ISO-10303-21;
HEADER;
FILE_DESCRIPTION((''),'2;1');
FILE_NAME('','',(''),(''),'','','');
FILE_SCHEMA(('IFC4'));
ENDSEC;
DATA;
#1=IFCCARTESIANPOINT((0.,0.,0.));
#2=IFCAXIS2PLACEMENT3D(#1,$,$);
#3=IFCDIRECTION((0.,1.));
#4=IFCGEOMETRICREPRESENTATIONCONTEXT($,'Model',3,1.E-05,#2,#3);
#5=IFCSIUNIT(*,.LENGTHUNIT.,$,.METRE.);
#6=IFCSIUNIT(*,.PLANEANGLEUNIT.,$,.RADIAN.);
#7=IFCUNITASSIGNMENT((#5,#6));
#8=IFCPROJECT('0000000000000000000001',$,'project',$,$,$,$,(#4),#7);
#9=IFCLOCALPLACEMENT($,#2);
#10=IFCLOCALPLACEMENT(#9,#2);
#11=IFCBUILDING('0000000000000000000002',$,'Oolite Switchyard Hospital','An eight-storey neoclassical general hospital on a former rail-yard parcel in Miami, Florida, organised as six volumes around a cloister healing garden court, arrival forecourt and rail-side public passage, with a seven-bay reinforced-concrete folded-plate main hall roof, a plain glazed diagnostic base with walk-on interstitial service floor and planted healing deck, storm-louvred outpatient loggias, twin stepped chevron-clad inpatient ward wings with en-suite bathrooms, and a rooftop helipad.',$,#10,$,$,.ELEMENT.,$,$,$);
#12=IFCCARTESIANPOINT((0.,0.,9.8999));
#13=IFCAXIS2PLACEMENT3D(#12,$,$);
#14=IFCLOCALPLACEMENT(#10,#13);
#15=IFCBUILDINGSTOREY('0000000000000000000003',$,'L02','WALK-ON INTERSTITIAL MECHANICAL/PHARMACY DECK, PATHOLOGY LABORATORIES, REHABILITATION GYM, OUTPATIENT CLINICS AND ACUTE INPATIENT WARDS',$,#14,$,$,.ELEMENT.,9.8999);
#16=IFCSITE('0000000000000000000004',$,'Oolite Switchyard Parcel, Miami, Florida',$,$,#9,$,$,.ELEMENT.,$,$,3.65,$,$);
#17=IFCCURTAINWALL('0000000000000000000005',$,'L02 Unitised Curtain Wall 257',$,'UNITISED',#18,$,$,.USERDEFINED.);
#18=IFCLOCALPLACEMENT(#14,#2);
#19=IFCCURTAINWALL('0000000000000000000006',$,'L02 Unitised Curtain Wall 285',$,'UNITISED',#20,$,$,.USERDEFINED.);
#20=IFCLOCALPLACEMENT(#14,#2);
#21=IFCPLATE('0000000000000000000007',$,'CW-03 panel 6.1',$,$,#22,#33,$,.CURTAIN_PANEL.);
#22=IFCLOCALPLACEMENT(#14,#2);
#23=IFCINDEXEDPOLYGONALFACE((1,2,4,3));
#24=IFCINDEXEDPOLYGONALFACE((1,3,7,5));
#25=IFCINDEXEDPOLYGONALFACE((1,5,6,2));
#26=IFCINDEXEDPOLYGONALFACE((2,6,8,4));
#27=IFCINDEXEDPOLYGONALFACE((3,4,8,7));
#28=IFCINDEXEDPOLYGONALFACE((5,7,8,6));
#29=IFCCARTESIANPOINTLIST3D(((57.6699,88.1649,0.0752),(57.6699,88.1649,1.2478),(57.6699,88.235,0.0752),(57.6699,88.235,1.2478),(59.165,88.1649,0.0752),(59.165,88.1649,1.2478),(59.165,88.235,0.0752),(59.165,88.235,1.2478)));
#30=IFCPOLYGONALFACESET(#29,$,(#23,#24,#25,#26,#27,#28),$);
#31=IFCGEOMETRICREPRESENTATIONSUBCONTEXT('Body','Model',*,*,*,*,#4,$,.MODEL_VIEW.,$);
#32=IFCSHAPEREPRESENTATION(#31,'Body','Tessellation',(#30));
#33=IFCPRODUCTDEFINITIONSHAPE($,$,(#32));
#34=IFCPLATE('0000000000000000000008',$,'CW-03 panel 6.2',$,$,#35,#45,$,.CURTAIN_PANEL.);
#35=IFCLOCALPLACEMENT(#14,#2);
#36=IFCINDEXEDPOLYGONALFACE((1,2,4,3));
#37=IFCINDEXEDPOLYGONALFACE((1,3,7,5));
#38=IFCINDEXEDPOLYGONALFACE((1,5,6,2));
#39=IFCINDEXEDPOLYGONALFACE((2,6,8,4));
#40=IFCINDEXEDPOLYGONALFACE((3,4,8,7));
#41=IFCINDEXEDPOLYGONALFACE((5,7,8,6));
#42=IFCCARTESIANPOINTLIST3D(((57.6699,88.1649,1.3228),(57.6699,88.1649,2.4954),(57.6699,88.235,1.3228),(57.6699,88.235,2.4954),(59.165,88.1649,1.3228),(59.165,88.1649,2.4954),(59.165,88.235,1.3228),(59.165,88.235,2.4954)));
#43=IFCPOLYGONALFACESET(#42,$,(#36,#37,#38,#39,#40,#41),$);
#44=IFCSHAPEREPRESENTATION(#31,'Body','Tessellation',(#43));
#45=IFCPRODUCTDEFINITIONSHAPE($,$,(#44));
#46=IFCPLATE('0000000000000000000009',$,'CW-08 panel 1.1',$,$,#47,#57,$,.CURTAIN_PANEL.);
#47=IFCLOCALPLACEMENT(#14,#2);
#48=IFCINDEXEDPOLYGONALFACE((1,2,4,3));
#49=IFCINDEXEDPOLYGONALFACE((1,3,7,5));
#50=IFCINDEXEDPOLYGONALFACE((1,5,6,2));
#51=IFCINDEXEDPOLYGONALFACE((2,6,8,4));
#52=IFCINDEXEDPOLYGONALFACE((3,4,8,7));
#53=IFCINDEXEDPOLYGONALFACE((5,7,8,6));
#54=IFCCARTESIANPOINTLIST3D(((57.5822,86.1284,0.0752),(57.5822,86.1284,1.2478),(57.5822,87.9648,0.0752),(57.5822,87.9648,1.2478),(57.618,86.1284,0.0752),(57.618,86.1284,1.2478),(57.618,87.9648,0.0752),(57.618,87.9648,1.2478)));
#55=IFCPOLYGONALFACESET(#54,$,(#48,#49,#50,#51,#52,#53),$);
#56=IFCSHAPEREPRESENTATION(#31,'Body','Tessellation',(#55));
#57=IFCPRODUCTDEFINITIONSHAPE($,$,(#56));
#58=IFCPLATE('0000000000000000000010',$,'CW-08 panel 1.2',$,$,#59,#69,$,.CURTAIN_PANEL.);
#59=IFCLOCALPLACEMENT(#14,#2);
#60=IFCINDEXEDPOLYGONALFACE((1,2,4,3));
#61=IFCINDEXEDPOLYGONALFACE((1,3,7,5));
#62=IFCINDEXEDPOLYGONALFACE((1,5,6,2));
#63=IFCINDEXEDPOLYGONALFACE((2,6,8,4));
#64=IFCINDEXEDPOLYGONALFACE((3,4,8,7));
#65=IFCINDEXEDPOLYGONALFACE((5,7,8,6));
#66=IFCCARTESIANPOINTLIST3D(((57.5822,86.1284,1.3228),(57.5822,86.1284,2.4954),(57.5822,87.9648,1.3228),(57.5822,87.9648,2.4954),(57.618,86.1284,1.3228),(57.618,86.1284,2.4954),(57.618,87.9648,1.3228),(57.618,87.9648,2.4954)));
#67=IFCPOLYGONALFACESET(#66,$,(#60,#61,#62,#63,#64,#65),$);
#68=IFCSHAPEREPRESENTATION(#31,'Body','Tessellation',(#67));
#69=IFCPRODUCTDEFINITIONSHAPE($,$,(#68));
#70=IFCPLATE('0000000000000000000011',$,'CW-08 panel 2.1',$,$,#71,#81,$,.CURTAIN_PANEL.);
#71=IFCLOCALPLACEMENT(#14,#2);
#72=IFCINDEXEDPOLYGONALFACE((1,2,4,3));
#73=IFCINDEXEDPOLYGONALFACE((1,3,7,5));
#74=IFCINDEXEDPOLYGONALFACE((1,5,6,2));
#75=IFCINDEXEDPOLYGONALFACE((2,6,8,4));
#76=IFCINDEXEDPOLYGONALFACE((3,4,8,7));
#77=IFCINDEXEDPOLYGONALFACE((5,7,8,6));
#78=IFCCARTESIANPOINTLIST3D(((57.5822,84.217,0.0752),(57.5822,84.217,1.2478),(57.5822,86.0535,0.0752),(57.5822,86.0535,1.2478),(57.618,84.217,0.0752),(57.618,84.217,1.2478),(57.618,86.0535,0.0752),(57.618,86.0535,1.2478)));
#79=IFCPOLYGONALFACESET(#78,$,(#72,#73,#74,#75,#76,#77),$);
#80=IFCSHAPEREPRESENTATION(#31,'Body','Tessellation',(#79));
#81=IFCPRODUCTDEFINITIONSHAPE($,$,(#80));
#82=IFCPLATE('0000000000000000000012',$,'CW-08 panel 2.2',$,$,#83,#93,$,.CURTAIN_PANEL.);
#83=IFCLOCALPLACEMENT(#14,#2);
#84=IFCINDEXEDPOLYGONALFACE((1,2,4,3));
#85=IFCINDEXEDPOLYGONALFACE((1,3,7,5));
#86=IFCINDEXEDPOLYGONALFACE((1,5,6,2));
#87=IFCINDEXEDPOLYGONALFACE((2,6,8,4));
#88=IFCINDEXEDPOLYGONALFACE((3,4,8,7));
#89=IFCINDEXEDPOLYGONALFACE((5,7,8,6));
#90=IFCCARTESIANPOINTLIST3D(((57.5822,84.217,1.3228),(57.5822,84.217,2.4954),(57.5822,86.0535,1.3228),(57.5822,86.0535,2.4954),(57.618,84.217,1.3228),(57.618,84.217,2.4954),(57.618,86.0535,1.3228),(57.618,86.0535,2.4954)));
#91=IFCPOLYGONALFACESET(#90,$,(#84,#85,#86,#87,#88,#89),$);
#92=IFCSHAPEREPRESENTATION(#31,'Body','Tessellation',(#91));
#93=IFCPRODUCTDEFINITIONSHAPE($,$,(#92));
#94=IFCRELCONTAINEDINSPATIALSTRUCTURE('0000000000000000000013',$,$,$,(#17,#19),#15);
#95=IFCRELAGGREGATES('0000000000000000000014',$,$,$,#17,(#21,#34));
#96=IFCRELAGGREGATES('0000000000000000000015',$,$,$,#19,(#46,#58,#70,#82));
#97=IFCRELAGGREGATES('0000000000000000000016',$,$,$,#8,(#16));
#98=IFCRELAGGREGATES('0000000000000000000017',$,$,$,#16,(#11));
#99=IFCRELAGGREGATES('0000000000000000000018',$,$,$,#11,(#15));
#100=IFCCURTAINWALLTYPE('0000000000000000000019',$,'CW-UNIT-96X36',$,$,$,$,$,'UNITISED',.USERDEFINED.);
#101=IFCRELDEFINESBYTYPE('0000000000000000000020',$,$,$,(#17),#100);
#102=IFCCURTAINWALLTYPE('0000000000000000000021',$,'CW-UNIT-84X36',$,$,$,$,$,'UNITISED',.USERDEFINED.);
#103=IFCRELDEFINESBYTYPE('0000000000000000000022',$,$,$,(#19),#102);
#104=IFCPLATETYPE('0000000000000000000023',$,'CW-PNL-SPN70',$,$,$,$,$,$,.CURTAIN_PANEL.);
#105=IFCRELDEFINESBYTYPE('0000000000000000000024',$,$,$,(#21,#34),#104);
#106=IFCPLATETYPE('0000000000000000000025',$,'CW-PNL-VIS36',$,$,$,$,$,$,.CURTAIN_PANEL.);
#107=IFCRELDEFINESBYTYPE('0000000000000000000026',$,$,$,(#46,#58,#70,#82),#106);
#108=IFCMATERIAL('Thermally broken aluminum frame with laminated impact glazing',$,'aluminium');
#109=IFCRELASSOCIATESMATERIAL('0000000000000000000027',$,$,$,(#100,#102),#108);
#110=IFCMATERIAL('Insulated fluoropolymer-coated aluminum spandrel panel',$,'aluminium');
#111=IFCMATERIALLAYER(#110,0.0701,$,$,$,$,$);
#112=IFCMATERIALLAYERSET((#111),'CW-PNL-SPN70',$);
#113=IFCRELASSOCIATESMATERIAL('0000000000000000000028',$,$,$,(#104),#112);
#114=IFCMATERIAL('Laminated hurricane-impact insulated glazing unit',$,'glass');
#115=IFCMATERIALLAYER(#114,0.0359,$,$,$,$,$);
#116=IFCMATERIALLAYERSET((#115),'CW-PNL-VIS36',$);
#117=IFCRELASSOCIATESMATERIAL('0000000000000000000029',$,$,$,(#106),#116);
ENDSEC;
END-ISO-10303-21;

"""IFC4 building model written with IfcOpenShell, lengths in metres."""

from ifc_helpers import new_model, si_unit, direction, frame, origin, origin_2d, place, context, subcontext, project, spatial, rectangle, extrude, material, layer, layer_set, type_object, element, aggregate, save


model = new_model("IFC4")

# Units and contexts
model_context = context("Model", 3, precision=1e-05, world=origin(), true_north=direction((0.0, 1.0)))
body_context = subcontext(model_context, "Body", "Model", "MODEL_VIEW")
ifc_project = project(units=[si_unit("LENGTHUNIT", "METRE"), si_unit("PLANEANGLEUNIT", "RADIAN")], contexts=[model_context])

# Site, building, storey
site_placement = place(None, origin())
site = spatial("IfcSite", under=ifc_project, at=site_placement, Name="Oolite Switchyard Parcel, Miami, Florida", CompositionType="ELEMENT", RefElevation=3.65)
building_placement = place(site_placement, origin())
building = spatial("IfcBuilding", under=site, at=building_placement, Name="Oolite Switchyard Hospital", Description="An eight-storey neoclassical general hospital on a former rail-yard parcel in Miami, Florida, organised as six volumes around a cloister healing garden court, arrival forecourt and rail-side public passage, with a seven-bay reinforced-concrete folded-plate main hall roof, a plain glazed diagnostic base with walk-on interstitial service floor and planted healing deck, storm-louvred outpatient loggias, twin stepped chevron-clad inpatient ward wings with en-suite bathrooms, and a rooftop helipad.", CompositionType="ELEMENT")
storey_placement = place(building_placement, frame((0.0, 0.0, 9.8999)))
storey = spatial("IfcBuildingStorey", under=building, at=storey_placement, Name="L02", Description="WALK-ON INTERSTITIAL MECHANICAL/PHARMACY DECK, PATHOLOGY LABORATORIES, REHABILITATION GYM, OUTPATIENT CLINICS AND ACUTE INPATIENT WARDS", CompositionType="ELEMENT", Elevation=9.8999)

# Curtain walls
ifc_material_1 = material(Name="Thermally broken aluminum frame with laminated impact glazing", Category="aluminium")
curtain_wall_type_1 = type_object("IfcCurtainWallType", Name="CW-UNIT-96X36", ElementType="UNITISED", PredefinedType="USERDEFINED", material=ifc_material_1)
curtain_wall_1_placement = place(storey_placement, origin())
curtain_wall_1 = element("IfcCurtainWall", 1, at=curtain_wall_1_placement, inside=storey, type_object=curtain_wall_type_1, Name="L02 Unitised Curtain Wall 257", ObjectType="UNITISED", PredefinedType="USERDEFINED")
curtain_wall_type_2 = type_object("IfcCurtainWallType", Name="CW-UNIT-84X36", ElementType="UNITISED", PredefinedType="USERDEFINED", material=ifc_material_1)
curtain_wall_2_placement = place(storey_placement, origin())
curtain_wall_2 = element("IfcCurtainWall", 2, at=curtain_wall_2_placement, inside=storey, type_object=curtain_wall_type_2, Name="L02 Unitised Curtain Wall 285", ObjectType="UNITISED", PredefinedType="USERDEFINED")

# Plates
ifc_material_2 = material(Name="Insulated fluoropolymer-coated aluminum spandrel panel", Category="aluminium")
ifc_layer_1 = layer(ifc_material_2, 0.0701)
ifc_layer_set_1 = layer_set([ifc_layer_1], Name="CW-PNL-SPN70")
plate_type_1 = type_object("IfcPlateType", Name="CW-PNL-SPN70", PredefinedType="CURTAIN_PANEL", material=ifc_layer_set_1)
plate_1_placement = place(storey_placement, frame((58.4175, 88.2, 0.0752), z_axis=(0.0, 0.0, 1.0), x_axis=(-1.0, 0.0, 0.0)))
plate_1 = element("IfcPlate", 3, at=plate_1_placement, type_object=plate_type_1, Name="CW-03 panel 6.1", PredefinedType="CURTAIN_PANEL", context=body_context, shape_type="SweptSolid", body=[
    extrude(rectangle(XDim=1.4951, YDim=0.0701, at=origin_2d()), origin(), (0.0, 0.0, 1.0), 1.1726),
])
plate_2_placement = place(storey_placement, frame((58.4175, 88.2, 1.3228), z_axis=(0.0, 0.0, 1.0), x_axis=(-1.0, 0.0, 0.0)))
plate_2 = element("IfcPlate", 4, at=plate_2_placement, type_object=plate_type_1, Name="CW-03 panel 6.2", PredefinedType="CURTAIN_PANEL", context=body_context, shape_type="SweptSolid", body=[
    extrude(rectangle(XDim=1.4951, YDim=0.0701, at=origin_2d()), origin(), (0.0, 0.0, 1.0), 1.1726),
])
aggregate(curtain_wall_1, [plate_1, plate_2])
ifc_material_3 = material(Name="Laminated hurricane-impact insulated glazing unit", Category="glass")
ifc_layer_2 = layer(ifc_material_3, 0.0359)
ifc_layer_set_2 = layer_set([ifc_layer_2], Name="CW-PNL-VIS36")
plate_type_2 = type_object("IfcPlateType", Name="CW-PNL-VIS36", PredefinedType="CURTAIN_PANEL", material=ifc_layer_set_2)
plate_3_placement = place(storey_placement, frame((57.6001, 87.0466, 0.0752), z_axis=(0.0, 0.0, 1.0), x_axis=(0.0, -1.0, 0.0)))
plate_3 = element("IfcPlate", 5, at=plate_3_placement, type_object=plate_type_2, Name="CW-08 panel 1.1", PredefinedType="CURTAIN_PANEL", context=body_context, shape_type="SweptSolid", body=[
    extrude(rectangle(XDim=1.8364, YDim=0.0359, at=origin_2d()), origin(), (0.0, 0.0, 1.0), 1.1726),
])
plate_4_placement = place(storey_placement, frame((57.6001, 87.0466, 1.3228), z_axis=(0.0, 0.0, 1.0), x_axis=(0.0, -1.0, 0.0)))
plate_4 = element("IfcPlate", 6, at=plate_4_placement, type_object=plate_type_2, Name="CW-08 panel 1.2", PredefinedType="CURTAIN_PANEL", context=body_context, shape_type="SweptSolid", body=[
    extrude(rectangle(XDim=1.8364, YDim=0.0359, at=origin_2d()), origin(), (0.0, 0.0, 1.0), 1.1726),
])
plate_5_placement = place(storey_placement, frame((57.6001, 85.1353, 0.0752), z_axis=(0.0, 0.0, 1.0), x_axis=(0.0, -1.0, 0.0)))
plate_5 = element("IfcPlate", 7, at=plate_5_placement, type_object=plate_type_2, Name="CW-08 panel 2.1", PredefinedType="CURTAIN_PANEL", context=body_context, shape_type="SweptSolid", body=[
    extrude(rectangle(XDim=1.8364, YDim=0.0359, at=origin_2d()), origin(), (0.0, 0.0, 1.0), 1.1726),
])
plate_6_placement = place(storey_placement, frame((57.6001, 85.1353, 1.3228), z_axis=(0.0, 0.0, 1.0), x_axis=(0.0, -1.0, 0.0)))
plate_6 = element("IfcPlate", 8, at=plate_6_placement, type_object=plate_type_2, Name="CW-08 panel 2.2", PredefinedType="CURTAIN_PANEL", context=body_context, shape_type="SweptSolid", body=[
    extrude(rectangle(XDim=1.8364, YDim=0.0359, at=origin_2d()), origin(), (0.0, 0.0, 1.0), 1.1726),
])
aggregate(curtain_wall_2, [plate_3, plate_4, plate_5, plate_6])

save(model, "model.ifc")
